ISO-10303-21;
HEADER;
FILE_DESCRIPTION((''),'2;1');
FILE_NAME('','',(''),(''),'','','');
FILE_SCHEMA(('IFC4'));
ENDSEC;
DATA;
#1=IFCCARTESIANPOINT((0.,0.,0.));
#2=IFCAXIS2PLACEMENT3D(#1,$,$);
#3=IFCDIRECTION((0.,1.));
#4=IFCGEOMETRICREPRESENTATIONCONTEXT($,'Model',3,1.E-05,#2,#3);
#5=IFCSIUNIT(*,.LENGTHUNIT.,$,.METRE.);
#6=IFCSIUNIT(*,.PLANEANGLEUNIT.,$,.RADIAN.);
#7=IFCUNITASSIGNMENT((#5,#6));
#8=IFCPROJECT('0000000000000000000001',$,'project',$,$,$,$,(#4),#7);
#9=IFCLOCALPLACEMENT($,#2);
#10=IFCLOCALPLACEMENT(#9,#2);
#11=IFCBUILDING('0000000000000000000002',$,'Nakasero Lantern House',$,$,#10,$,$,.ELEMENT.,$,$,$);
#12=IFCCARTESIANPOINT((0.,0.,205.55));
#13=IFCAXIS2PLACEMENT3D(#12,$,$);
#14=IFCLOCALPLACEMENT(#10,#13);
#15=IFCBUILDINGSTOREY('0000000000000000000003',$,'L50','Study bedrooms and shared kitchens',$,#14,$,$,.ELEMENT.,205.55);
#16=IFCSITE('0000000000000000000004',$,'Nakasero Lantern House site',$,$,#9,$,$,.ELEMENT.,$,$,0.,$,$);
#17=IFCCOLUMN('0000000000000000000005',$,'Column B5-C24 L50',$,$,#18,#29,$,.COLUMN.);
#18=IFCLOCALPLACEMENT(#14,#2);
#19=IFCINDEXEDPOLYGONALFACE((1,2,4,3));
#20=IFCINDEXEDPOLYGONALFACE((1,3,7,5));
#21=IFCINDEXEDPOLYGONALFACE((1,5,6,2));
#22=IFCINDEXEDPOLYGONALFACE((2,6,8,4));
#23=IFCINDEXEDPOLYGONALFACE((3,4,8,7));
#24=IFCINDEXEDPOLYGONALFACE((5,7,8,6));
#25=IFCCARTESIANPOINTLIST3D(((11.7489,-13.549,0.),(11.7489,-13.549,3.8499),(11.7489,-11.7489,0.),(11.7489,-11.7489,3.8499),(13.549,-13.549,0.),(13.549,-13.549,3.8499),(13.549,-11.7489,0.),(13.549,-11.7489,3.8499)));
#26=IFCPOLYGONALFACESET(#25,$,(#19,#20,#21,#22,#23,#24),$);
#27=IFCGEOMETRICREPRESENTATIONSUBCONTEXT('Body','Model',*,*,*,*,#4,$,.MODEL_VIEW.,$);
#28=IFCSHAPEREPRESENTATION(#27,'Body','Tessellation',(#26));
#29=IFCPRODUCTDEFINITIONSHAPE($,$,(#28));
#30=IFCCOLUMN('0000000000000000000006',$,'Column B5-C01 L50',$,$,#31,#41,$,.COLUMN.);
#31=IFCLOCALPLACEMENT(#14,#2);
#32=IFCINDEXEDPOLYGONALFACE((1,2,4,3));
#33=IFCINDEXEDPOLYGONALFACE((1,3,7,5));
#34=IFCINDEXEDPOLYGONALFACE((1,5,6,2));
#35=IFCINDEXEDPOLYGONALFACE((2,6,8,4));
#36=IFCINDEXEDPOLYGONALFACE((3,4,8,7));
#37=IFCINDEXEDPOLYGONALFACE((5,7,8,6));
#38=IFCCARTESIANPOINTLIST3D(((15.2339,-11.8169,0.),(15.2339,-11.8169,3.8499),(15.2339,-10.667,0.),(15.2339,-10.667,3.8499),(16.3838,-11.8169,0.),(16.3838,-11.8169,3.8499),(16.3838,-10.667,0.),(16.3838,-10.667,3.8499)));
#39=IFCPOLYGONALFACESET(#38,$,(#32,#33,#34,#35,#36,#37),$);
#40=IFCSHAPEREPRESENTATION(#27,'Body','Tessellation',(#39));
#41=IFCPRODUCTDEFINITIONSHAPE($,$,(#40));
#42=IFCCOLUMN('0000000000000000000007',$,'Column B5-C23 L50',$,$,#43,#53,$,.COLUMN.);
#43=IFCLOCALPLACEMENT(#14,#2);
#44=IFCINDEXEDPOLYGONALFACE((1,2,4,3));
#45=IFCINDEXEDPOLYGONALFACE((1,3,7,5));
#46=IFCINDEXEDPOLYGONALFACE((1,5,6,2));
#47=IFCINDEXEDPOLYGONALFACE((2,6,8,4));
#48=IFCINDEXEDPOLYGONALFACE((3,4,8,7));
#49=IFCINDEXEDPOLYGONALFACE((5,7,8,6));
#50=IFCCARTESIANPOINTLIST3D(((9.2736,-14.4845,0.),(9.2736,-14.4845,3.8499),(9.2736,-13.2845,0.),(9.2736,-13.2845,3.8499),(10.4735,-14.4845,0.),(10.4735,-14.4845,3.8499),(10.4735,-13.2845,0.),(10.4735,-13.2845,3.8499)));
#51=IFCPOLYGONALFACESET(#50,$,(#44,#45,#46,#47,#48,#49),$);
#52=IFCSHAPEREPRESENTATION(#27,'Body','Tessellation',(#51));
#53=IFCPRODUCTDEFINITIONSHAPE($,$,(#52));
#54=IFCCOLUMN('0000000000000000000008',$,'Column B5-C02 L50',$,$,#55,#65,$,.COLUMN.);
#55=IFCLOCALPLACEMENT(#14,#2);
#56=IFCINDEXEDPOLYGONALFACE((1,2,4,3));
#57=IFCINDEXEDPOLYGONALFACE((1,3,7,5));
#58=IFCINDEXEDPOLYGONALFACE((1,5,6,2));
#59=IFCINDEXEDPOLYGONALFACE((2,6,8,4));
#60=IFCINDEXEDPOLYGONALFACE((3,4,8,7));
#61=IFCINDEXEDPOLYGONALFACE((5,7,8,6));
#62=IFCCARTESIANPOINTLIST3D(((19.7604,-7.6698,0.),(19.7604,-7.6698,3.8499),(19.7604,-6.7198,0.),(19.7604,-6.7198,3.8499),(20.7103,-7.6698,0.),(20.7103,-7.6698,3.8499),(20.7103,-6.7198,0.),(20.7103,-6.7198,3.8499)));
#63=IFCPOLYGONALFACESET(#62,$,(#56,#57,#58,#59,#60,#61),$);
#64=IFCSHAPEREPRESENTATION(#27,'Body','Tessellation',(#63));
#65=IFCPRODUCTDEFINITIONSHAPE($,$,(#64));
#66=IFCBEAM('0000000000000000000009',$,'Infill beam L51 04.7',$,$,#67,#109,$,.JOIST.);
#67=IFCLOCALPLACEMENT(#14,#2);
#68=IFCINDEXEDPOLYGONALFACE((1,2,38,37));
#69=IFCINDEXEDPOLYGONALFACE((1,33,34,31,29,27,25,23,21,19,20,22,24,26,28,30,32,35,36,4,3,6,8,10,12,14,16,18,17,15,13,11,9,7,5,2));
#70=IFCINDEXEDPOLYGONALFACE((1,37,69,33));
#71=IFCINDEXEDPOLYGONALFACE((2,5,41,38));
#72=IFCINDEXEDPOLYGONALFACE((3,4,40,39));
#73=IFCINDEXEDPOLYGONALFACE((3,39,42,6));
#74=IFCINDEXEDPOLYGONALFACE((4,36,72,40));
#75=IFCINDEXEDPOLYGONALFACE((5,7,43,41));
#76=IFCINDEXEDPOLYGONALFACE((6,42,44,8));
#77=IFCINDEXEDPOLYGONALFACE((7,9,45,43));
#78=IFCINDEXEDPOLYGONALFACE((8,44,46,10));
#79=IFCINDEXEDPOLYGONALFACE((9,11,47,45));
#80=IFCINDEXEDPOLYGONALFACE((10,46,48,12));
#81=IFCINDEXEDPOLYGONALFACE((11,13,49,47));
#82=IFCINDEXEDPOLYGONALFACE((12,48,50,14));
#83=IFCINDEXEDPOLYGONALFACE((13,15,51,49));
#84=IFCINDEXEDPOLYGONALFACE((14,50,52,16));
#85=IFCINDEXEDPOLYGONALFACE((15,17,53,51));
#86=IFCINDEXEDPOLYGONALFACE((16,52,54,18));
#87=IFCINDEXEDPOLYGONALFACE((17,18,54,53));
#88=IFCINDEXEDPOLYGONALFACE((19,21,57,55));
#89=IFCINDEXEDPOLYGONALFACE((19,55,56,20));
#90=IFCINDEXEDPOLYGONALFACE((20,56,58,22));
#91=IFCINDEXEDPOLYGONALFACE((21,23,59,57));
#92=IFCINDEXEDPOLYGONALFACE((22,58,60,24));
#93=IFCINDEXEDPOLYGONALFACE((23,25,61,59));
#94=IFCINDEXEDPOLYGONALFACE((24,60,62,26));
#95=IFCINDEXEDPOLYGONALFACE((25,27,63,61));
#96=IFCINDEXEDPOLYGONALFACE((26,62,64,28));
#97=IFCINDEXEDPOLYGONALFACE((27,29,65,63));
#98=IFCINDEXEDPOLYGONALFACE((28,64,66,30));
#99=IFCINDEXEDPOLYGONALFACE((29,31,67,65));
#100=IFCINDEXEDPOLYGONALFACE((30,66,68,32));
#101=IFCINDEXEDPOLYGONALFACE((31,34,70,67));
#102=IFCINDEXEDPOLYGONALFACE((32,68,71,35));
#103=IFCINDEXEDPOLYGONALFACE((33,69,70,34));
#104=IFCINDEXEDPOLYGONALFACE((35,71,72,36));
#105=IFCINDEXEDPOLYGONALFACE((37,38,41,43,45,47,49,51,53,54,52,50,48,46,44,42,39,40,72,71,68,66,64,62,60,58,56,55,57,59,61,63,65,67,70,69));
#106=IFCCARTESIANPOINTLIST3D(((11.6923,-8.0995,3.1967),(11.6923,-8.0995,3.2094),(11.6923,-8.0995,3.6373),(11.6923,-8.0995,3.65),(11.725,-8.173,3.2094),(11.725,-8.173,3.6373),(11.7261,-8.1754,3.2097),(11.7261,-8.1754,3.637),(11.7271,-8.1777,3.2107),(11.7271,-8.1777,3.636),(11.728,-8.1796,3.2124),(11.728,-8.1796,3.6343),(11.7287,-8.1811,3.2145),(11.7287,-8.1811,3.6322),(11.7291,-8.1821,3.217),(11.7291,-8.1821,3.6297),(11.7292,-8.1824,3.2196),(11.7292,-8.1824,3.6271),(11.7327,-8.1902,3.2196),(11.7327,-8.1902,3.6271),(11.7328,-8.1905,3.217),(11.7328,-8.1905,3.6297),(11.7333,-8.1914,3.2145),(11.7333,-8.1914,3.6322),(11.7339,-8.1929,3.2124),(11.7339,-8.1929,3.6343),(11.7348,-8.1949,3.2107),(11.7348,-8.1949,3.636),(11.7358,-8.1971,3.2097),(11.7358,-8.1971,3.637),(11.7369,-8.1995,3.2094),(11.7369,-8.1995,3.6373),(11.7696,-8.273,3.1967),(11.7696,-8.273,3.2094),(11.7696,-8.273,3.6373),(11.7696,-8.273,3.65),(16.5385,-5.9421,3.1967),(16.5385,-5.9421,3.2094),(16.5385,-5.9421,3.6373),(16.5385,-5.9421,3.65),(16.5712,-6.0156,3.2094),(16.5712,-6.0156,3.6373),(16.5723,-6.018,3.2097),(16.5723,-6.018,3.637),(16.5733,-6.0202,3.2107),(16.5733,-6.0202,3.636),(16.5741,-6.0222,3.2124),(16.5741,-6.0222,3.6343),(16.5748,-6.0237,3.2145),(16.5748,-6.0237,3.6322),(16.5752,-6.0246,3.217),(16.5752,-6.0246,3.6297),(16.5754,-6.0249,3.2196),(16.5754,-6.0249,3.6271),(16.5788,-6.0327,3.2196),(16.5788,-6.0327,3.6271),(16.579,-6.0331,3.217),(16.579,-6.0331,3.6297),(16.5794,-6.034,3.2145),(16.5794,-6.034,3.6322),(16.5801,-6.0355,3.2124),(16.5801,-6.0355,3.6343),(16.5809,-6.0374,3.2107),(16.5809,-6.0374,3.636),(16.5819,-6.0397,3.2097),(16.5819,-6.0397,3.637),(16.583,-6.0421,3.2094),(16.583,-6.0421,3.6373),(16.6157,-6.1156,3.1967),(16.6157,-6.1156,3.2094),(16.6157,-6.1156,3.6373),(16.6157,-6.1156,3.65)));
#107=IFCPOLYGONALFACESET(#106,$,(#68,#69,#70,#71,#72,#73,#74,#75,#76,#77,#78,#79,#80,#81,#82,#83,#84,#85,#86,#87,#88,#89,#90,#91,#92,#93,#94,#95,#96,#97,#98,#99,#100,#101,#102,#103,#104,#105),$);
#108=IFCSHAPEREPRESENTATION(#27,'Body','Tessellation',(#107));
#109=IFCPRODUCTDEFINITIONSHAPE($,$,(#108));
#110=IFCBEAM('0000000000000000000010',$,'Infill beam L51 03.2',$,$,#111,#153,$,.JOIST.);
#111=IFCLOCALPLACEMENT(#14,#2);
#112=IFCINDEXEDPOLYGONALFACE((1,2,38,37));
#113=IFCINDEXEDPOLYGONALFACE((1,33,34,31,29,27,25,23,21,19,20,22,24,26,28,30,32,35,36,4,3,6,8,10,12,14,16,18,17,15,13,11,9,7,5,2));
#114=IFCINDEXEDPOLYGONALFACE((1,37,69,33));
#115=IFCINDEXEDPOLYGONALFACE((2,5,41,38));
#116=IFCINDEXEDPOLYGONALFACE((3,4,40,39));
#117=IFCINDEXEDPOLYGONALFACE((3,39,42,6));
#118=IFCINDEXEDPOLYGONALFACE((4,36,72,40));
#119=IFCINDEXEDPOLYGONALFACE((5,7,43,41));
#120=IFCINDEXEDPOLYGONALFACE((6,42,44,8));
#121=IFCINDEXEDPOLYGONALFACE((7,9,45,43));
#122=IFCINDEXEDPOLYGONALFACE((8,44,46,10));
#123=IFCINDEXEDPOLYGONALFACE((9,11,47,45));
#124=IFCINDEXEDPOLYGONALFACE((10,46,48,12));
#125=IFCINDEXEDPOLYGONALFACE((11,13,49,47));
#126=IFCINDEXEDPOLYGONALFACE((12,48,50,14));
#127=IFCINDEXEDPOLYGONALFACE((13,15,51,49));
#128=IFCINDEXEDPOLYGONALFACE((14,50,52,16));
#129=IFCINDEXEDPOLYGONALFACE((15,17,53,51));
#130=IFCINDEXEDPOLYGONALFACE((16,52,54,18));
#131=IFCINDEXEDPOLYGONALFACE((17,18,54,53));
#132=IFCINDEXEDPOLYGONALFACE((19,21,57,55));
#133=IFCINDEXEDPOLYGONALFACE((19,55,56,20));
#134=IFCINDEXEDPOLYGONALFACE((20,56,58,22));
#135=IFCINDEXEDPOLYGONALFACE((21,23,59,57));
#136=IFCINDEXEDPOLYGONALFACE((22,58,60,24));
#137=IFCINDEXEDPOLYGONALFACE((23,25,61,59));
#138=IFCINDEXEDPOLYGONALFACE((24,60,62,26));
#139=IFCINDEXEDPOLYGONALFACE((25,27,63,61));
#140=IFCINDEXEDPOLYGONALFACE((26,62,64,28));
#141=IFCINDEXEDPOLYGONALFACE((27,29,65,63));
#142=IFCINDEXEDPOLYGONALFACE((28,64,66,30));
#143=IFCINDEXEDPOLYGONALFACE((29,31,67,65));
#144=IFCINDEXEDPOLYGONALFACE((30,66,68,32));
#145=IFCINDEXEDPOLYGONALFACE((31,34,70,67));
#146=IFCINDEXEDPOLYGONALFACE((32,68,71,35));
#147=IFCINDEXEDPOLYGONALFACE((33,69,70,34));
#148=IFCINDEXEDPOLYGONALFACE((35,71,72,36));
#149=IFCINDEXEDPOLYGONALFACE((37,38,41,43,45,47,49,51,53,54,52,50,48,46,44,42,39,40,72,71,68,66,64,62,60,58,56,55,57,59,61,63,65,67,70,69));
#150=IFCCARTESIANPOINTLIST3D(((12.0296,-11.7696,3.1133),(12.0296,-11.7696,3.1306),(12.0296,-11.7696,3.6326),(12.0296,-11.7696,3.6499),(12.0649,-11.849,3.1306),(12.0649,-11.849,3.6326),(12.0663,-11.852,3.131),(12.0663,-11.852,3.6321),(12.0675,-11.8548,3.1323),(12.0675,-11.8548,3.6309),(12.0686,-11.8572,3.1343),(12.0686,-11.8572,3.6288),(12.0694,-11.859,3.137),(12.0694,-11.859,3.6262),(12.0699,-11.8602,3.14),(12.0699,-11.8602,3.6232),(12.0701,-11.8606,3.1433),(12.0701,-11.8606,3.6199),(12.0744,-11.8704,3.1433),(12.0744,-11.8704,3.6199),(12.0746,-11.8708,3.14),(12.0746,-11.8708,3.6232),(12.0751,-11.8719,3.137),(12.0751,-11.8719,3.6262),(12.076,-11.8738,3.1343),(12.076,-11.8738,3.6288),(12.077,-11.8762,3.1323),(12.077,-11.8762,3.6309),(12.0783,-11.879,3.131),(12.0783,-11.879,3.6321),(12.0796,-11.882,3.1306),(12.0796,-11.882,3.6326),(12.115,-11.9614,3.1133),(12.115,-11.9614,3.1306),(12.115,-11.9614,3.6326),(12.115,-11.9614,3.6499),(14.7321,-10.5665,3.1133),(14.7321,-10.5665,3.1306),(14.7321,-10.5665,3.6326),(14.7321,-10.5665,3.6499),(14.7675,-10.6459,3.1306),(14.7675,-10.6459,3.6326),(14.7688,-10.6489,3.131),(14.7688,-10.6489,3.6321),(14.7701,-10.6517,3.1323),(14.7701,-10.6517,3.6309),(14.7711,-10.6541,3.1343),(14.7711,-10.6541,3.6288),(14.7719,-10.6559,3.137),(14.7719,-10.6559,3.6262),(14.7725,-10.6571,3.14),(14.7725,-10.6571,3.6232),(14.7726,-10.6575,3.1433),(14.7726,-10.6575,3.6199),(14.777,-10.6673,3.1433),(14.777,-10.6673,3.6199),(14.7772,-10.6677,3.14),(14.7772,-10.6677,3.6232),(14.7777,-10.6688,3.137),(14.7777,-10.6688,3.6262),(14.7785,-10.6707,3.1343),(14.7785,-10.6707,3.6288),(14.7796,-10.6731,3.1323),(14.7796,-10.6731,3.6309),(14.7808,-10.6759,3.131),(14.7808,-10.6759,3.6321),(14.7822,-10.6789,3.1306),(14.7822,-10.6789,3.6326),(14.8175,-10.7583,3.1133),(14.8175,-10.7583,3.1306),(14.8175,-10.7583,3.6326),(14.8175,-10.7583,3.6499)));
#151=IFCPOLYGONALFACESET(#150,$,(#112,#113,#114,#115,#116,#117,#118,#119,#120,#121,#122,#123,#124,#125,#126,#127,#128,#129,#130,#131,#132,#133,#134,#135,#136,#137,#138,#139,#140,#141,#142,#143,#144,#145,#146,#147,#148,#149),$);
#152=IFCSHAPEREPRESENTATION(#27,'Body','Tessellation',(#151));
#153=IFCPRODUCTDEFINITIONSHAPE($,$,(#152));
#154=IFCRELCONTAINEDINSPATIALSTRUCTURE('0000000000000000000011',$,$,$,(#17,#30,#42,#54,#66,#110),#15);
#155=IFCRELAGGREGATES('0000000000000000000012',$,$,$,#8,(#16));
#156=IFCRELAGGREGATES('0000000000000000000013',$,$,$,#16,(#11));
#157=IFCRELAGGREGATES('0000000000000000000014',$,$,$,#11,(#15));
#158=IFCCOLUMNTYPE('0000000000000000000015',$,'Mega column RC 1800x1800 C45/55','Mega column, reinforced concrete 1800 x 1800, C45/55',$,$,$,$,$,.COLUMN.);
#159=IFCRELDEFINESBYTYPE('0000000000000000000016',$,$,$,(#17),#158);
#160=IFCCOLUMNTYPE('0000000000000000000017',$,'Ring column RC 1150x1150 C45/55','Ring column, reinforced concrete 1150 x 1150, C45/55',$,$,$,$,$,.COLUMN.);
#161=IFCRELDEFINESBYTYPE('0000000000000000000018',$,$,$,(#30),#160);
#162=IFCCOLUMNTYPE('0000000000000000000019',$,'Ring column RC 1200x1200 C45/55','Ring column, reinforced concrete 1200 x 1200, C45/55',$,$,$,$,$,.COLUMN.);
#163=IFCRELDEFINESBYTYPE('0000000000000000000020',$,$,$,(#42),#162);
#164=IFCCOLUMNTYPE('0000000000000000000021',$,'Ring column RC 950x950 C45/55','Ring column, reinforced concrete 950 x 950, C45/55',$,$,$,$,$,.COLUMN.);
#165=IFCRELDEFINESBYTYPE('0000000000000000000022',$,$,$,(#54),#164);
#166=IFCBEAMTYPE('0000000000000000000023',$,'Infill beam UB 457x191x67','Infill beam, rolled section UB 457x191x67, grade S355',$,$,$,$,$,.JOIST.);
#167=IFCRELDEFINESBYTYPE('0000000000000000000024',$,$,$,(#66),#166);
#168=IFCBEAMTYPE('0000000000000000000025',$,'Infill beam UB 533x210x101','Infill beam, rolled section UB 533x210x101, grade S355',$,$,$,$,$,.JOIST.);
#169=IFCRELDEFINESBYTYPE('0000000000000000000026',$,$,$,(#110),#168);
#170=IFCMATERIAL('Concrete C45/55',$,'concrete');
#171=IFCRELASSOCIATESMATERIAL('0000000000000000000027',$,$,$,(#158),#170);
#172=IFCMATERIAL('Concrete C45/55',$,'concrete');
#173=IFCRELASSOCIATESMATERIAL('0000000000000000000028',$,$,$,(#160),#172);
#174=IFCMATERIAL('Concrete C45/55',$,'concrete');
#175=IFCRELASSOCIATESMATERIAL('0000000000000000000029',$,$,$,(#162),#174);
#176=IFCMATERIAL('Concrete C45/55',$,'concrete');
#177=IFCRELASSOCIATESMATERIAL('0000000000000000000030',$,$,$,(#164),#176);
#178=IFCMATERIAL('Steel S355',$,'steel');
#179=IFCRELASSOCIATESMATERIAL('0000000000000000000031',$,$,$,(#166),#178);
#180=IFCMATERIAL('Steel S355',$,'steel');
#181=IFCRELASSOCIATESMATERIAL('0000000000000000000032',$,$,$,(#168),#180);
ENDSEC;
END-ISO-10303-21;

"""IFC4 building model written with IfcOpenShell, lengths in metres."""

from ifc_helpers import new_model, si_unit, direction, frame, origin, origin_2d, place, context, subcontext, project, spatial, rectangle, i_section, extrude, material, material_profile, profile_set, type_object, element, save


model = new_model("IFC4")

# Units and contexts
model_context = context("Model", 3, precision=1e-05, world=origin(), true_north=direction((0.0, 1.0)))
body_context = subcontext(model_context, "Body", "Model", "MODEL_VIEW")
ifc_project = project(units=[si_unit("LENGTHUNIT", "METRE"), si_unit("PLANEANGLEUNIT", "RADIAN")], contexts=[model_context])

# Site, building, storey
site_placement = place(None, origin())
site = spatial("IfcSite", under=ifc_project, at=site_placement, Name="Nakasero Lantern House site", CompositionType="ELEMENT", RefElevation=0.0)
building_placement = place(site_placement, origin())
building = spatial("IfcBuilding", under=site, at=building_placement, Name="Nakasero Lantern House", CompositionType="ELEMENT")
storey_placement = place(building_placement, frame((0.0, 0.0, 205.55)))
storey = spatial("IfcBuildingStorey", under=building, at=storey_placement, Name="L50", Description="Study bedrooms and shared kitchens", CompositionType="ELEMENT", Elevation=205.55)

# Columns
ifc_material_1 = material(Name="Concrete C45/55", Category="concrete")
ifc_material_profile_1 = material_profile(ifc_material_1, rectangle(XDim=1.8, YDim=1.8, at=origin_2d()), Name="RC 1800x1800")
ifc_profile_set_1 = profile_set([ifc_material_profile_1], Name="Concrete C45/55")
column_type_1 = type_object("IfcColumnType", Name="Mega column RC 1800x1800 C45/55", Description="Mega column, reinforced concrete 1800 x 1800, C45/55", PredefinedType="COLUMN", material=ifc_profile_set_1)
column_1_placement = place(storey_placement, frame((12.6489, -12.6489, 0.0), z_axis=(0.0, 0.0, 1.0), x_axis=(1.0, 0.0, 0.0)))
element("IfcColumn", 1, at=column_1_placement, inside=storey, type_object=column_type_1, Name="Column B5-C24 L50", PredefinedType="COLUMN", context=body_context, shape_type="SweptSolid", body=[
    extrude(rectangle(XDim=1.8, YDim=1.8, at=origin_2d()), origin(), (0.0, 0.0, 1.0), 3.8499),
])
ifc_material_2 = material(Name="Concrete C45/55", Category="concrete")
ifc_material_profile_2 = material_profile(ifc_material_2, rectangle(XDim=1.1499, YDim=1.1499, at=origin_2d()), Name="RC 1150x1150")
ifc_profile_set_2 = profile_set([ifc_material_profile_2], Name="Concrete C45/55")
column_type_2 = type_object("IfcColumnType", Name="Ring column RC 1150x1150 C45/55", Description="Ring column, reinforced concrete 1150 x 1150, C45/55", PredefinedType="COLUMN", material=ifc_profile_set_2)
column_2_placement = place(storey_placement, frame((15.8088, -11.2419, 0.0), z_axis=(0.0, 0.0, 1.0), x_axis=(1.0, 0.0, 0.0)))
element("IfcColumn", 2, at=column_2_placement, inside=storey, type_object=column_type_2, Name="Column B5-C01 L50", PredefinedType="COLUMN", context=body_context, shape_type="SweptSolid", body=[
    extrude(rectangle(XDim=1.1499, YDim=1.1499, at=origin_2d()), origin(), (0.0, 0.0, 1.0), 3.8499),
])
ifc_material_3 = material(Name="Concrete C45/55", Category="concrete")
ifc_material_profile_3 = material_profile(ifc_material_3, rectangle(XDim=1.2, YDim=1.2, at=origin_2d()), Name="RC 1200x1200")
ifc_profile_set_3 = profile_set([ifc_material_profile_3], Name="Concrete C45/55")
column_type_3 = type_object("IfcColumnType", Name="Ring column RC 1200x1200 C45/55", Description="Ring column, reinforced concrete 1200 x 1200, C45/55", PredefinedType="COLUMN", material=ifc_profile_set_3)
column_3_placement = place(storey_placement, frame((9.8735, -13.8845, 0.0), z_axis=(0.0, 0.0, 1.0), x_axis=(1.0, 0.0, 0.0)))
element("IfcColumn", 3, at=column_3_placement, inside=storey, type_object=column_type_3, Name="Column B5-C23 L50", PredefinedType="COLUMN", context=body_context, shape_type="SweptSolid", body=[
    extrude(rectangle(XDim=1.2, YDim=1.2, at=origin_2d()), origin(), (0.0, 0.0, 1.0), 3.8499),
])
ifc_material_4 = material(Name="Concrete C45/55", Category="concrete")
ifc_material_profile_4 = material_profile(ifc_material_4, rectangle(XDim=0.95, YDim=0.95, at=origin_2d()), Name="RC 950x950")
ifc_profile_set_4 = profile_set([ifc_material_profile_4], Name="Concrete C45/55")
column_type_4 = type_object("IfcColumnType", Name="Ring column RC 950x950 C45/55", Description="Ring column, reinforced concrete 950 x 950, C45/55", PredefinedType="COLUMN", material=ifc_profile_set_4)
column_4_placement = place(storey_placement, frame((20.2354, -7.1948, 0.0), z_axis=(0.0, 0.0, 1.0), x_axis=(1.0, 0.0, 0.0)))
element("IfcColumn", 4, at=column_4_placement, inside=storey, type_object=column_type_4, Name="Column B5-C02 L50", PredefinedType="COLUMN", context=body_context, shape_type="SweptSolid", body=[
    extrude(rectangle(XDim=0.95, YDim=0.95, at=origin_2d()), origin(), (0.0, 0.0, 1.0), 3.8499),
])

# Beams
ifc_material_5 = material(Name="Steel S355", Category="steel")
ifc_material_profile_5 = material_profile(ifc_material_5, i_section(OverallWidth=0.1899, OverallDepth=0.4534, WebThickness=0.0085, FlangeThickness=0.0127, FilletRadius=0.0103, at=origin_2d()), Name="UB 457x191x67")
ifc_profile_set_5 = profile_set([ifc_material_profile_5], Name="Steel S355")
beam_type_1 = type_object("IfcBeamType", Name="Infill beam UB 457x191x67", Description="Infill beam, rolled section UB 457x191x67, grade S355", PredefinedType="JOIST", material=ifc_profile_set_5)
beam_1_placement = place(storey_placement, frame((11.731, -8.1863, 3.4233), z_axis=(0.913559, 0.406706, 0.0), x_axis=(-0.406706, 0.913559, 0.0)))
element("IfcBeam", 5, at=beam_1_placement, inside=storey, type_object=beam_type_1, Name="Infill beam L51 04.7", PredefinedType="JOIST", context=body_context, shape_type="SweptSolid", body=[
    extrude(i_section(OverallWidth=0.1899, OverallDepth=0.4534, WebThickness=0.0085, FlangeThickness=0.0127, FilletRadius=0.0103, at=origin_2d()), origin(), (0.0, 0.0, 1.0), 5.3047),
])
ifc_material_6 = material(Name="Steel S355", Category="steel")
ifc_material_profile_6 = material_profile(ifc_material_6, i_section(OverallWidth=0.21, OverallDepth=0.5366, WebThickness=0.0107, FlangeThickness=0.0173, FilletRadius=0.0127, at=origin_2d()), Name="UB 533x210x101")
ifc_profile_set_6 = profile_set([ifc_material_profile_6], Name="Steel S355")
beam_type_2 = type_object("IfcBeamType", Name="Infill beam UB 533x210x101", Description="Infill beam, rolled section UB 533x210x101, grade S355", PredefinedType="JOIST", material=ifc_profile_set_6)
beam_2_placement = place(storey_placement, frame((12.0723, -11.8655, 3.3816), z_axis=(0.913566, 0.40669, 0.0), x_axis=(-0.40669, 0.913566, 0.0)))
element("IfcBeam", 6, at=beam_2_placement, inside=storey, type_object=beam_type_2, Name="Infill beam L51 03.2", PredefinedType="JOIST", context=body_context, shape_type="SweptSolid", body=[
    extrude(i_section(OverallWidth=0.21, OverallDepth=0.5366, WebThickness=0.0107, FlangeThickness=0.0173, FilletRadius=0.0127, at=origin_2d()), origin(), (0.0, 0.0, 1.0), 2.9583),
])

save(model, "model.ifc")
